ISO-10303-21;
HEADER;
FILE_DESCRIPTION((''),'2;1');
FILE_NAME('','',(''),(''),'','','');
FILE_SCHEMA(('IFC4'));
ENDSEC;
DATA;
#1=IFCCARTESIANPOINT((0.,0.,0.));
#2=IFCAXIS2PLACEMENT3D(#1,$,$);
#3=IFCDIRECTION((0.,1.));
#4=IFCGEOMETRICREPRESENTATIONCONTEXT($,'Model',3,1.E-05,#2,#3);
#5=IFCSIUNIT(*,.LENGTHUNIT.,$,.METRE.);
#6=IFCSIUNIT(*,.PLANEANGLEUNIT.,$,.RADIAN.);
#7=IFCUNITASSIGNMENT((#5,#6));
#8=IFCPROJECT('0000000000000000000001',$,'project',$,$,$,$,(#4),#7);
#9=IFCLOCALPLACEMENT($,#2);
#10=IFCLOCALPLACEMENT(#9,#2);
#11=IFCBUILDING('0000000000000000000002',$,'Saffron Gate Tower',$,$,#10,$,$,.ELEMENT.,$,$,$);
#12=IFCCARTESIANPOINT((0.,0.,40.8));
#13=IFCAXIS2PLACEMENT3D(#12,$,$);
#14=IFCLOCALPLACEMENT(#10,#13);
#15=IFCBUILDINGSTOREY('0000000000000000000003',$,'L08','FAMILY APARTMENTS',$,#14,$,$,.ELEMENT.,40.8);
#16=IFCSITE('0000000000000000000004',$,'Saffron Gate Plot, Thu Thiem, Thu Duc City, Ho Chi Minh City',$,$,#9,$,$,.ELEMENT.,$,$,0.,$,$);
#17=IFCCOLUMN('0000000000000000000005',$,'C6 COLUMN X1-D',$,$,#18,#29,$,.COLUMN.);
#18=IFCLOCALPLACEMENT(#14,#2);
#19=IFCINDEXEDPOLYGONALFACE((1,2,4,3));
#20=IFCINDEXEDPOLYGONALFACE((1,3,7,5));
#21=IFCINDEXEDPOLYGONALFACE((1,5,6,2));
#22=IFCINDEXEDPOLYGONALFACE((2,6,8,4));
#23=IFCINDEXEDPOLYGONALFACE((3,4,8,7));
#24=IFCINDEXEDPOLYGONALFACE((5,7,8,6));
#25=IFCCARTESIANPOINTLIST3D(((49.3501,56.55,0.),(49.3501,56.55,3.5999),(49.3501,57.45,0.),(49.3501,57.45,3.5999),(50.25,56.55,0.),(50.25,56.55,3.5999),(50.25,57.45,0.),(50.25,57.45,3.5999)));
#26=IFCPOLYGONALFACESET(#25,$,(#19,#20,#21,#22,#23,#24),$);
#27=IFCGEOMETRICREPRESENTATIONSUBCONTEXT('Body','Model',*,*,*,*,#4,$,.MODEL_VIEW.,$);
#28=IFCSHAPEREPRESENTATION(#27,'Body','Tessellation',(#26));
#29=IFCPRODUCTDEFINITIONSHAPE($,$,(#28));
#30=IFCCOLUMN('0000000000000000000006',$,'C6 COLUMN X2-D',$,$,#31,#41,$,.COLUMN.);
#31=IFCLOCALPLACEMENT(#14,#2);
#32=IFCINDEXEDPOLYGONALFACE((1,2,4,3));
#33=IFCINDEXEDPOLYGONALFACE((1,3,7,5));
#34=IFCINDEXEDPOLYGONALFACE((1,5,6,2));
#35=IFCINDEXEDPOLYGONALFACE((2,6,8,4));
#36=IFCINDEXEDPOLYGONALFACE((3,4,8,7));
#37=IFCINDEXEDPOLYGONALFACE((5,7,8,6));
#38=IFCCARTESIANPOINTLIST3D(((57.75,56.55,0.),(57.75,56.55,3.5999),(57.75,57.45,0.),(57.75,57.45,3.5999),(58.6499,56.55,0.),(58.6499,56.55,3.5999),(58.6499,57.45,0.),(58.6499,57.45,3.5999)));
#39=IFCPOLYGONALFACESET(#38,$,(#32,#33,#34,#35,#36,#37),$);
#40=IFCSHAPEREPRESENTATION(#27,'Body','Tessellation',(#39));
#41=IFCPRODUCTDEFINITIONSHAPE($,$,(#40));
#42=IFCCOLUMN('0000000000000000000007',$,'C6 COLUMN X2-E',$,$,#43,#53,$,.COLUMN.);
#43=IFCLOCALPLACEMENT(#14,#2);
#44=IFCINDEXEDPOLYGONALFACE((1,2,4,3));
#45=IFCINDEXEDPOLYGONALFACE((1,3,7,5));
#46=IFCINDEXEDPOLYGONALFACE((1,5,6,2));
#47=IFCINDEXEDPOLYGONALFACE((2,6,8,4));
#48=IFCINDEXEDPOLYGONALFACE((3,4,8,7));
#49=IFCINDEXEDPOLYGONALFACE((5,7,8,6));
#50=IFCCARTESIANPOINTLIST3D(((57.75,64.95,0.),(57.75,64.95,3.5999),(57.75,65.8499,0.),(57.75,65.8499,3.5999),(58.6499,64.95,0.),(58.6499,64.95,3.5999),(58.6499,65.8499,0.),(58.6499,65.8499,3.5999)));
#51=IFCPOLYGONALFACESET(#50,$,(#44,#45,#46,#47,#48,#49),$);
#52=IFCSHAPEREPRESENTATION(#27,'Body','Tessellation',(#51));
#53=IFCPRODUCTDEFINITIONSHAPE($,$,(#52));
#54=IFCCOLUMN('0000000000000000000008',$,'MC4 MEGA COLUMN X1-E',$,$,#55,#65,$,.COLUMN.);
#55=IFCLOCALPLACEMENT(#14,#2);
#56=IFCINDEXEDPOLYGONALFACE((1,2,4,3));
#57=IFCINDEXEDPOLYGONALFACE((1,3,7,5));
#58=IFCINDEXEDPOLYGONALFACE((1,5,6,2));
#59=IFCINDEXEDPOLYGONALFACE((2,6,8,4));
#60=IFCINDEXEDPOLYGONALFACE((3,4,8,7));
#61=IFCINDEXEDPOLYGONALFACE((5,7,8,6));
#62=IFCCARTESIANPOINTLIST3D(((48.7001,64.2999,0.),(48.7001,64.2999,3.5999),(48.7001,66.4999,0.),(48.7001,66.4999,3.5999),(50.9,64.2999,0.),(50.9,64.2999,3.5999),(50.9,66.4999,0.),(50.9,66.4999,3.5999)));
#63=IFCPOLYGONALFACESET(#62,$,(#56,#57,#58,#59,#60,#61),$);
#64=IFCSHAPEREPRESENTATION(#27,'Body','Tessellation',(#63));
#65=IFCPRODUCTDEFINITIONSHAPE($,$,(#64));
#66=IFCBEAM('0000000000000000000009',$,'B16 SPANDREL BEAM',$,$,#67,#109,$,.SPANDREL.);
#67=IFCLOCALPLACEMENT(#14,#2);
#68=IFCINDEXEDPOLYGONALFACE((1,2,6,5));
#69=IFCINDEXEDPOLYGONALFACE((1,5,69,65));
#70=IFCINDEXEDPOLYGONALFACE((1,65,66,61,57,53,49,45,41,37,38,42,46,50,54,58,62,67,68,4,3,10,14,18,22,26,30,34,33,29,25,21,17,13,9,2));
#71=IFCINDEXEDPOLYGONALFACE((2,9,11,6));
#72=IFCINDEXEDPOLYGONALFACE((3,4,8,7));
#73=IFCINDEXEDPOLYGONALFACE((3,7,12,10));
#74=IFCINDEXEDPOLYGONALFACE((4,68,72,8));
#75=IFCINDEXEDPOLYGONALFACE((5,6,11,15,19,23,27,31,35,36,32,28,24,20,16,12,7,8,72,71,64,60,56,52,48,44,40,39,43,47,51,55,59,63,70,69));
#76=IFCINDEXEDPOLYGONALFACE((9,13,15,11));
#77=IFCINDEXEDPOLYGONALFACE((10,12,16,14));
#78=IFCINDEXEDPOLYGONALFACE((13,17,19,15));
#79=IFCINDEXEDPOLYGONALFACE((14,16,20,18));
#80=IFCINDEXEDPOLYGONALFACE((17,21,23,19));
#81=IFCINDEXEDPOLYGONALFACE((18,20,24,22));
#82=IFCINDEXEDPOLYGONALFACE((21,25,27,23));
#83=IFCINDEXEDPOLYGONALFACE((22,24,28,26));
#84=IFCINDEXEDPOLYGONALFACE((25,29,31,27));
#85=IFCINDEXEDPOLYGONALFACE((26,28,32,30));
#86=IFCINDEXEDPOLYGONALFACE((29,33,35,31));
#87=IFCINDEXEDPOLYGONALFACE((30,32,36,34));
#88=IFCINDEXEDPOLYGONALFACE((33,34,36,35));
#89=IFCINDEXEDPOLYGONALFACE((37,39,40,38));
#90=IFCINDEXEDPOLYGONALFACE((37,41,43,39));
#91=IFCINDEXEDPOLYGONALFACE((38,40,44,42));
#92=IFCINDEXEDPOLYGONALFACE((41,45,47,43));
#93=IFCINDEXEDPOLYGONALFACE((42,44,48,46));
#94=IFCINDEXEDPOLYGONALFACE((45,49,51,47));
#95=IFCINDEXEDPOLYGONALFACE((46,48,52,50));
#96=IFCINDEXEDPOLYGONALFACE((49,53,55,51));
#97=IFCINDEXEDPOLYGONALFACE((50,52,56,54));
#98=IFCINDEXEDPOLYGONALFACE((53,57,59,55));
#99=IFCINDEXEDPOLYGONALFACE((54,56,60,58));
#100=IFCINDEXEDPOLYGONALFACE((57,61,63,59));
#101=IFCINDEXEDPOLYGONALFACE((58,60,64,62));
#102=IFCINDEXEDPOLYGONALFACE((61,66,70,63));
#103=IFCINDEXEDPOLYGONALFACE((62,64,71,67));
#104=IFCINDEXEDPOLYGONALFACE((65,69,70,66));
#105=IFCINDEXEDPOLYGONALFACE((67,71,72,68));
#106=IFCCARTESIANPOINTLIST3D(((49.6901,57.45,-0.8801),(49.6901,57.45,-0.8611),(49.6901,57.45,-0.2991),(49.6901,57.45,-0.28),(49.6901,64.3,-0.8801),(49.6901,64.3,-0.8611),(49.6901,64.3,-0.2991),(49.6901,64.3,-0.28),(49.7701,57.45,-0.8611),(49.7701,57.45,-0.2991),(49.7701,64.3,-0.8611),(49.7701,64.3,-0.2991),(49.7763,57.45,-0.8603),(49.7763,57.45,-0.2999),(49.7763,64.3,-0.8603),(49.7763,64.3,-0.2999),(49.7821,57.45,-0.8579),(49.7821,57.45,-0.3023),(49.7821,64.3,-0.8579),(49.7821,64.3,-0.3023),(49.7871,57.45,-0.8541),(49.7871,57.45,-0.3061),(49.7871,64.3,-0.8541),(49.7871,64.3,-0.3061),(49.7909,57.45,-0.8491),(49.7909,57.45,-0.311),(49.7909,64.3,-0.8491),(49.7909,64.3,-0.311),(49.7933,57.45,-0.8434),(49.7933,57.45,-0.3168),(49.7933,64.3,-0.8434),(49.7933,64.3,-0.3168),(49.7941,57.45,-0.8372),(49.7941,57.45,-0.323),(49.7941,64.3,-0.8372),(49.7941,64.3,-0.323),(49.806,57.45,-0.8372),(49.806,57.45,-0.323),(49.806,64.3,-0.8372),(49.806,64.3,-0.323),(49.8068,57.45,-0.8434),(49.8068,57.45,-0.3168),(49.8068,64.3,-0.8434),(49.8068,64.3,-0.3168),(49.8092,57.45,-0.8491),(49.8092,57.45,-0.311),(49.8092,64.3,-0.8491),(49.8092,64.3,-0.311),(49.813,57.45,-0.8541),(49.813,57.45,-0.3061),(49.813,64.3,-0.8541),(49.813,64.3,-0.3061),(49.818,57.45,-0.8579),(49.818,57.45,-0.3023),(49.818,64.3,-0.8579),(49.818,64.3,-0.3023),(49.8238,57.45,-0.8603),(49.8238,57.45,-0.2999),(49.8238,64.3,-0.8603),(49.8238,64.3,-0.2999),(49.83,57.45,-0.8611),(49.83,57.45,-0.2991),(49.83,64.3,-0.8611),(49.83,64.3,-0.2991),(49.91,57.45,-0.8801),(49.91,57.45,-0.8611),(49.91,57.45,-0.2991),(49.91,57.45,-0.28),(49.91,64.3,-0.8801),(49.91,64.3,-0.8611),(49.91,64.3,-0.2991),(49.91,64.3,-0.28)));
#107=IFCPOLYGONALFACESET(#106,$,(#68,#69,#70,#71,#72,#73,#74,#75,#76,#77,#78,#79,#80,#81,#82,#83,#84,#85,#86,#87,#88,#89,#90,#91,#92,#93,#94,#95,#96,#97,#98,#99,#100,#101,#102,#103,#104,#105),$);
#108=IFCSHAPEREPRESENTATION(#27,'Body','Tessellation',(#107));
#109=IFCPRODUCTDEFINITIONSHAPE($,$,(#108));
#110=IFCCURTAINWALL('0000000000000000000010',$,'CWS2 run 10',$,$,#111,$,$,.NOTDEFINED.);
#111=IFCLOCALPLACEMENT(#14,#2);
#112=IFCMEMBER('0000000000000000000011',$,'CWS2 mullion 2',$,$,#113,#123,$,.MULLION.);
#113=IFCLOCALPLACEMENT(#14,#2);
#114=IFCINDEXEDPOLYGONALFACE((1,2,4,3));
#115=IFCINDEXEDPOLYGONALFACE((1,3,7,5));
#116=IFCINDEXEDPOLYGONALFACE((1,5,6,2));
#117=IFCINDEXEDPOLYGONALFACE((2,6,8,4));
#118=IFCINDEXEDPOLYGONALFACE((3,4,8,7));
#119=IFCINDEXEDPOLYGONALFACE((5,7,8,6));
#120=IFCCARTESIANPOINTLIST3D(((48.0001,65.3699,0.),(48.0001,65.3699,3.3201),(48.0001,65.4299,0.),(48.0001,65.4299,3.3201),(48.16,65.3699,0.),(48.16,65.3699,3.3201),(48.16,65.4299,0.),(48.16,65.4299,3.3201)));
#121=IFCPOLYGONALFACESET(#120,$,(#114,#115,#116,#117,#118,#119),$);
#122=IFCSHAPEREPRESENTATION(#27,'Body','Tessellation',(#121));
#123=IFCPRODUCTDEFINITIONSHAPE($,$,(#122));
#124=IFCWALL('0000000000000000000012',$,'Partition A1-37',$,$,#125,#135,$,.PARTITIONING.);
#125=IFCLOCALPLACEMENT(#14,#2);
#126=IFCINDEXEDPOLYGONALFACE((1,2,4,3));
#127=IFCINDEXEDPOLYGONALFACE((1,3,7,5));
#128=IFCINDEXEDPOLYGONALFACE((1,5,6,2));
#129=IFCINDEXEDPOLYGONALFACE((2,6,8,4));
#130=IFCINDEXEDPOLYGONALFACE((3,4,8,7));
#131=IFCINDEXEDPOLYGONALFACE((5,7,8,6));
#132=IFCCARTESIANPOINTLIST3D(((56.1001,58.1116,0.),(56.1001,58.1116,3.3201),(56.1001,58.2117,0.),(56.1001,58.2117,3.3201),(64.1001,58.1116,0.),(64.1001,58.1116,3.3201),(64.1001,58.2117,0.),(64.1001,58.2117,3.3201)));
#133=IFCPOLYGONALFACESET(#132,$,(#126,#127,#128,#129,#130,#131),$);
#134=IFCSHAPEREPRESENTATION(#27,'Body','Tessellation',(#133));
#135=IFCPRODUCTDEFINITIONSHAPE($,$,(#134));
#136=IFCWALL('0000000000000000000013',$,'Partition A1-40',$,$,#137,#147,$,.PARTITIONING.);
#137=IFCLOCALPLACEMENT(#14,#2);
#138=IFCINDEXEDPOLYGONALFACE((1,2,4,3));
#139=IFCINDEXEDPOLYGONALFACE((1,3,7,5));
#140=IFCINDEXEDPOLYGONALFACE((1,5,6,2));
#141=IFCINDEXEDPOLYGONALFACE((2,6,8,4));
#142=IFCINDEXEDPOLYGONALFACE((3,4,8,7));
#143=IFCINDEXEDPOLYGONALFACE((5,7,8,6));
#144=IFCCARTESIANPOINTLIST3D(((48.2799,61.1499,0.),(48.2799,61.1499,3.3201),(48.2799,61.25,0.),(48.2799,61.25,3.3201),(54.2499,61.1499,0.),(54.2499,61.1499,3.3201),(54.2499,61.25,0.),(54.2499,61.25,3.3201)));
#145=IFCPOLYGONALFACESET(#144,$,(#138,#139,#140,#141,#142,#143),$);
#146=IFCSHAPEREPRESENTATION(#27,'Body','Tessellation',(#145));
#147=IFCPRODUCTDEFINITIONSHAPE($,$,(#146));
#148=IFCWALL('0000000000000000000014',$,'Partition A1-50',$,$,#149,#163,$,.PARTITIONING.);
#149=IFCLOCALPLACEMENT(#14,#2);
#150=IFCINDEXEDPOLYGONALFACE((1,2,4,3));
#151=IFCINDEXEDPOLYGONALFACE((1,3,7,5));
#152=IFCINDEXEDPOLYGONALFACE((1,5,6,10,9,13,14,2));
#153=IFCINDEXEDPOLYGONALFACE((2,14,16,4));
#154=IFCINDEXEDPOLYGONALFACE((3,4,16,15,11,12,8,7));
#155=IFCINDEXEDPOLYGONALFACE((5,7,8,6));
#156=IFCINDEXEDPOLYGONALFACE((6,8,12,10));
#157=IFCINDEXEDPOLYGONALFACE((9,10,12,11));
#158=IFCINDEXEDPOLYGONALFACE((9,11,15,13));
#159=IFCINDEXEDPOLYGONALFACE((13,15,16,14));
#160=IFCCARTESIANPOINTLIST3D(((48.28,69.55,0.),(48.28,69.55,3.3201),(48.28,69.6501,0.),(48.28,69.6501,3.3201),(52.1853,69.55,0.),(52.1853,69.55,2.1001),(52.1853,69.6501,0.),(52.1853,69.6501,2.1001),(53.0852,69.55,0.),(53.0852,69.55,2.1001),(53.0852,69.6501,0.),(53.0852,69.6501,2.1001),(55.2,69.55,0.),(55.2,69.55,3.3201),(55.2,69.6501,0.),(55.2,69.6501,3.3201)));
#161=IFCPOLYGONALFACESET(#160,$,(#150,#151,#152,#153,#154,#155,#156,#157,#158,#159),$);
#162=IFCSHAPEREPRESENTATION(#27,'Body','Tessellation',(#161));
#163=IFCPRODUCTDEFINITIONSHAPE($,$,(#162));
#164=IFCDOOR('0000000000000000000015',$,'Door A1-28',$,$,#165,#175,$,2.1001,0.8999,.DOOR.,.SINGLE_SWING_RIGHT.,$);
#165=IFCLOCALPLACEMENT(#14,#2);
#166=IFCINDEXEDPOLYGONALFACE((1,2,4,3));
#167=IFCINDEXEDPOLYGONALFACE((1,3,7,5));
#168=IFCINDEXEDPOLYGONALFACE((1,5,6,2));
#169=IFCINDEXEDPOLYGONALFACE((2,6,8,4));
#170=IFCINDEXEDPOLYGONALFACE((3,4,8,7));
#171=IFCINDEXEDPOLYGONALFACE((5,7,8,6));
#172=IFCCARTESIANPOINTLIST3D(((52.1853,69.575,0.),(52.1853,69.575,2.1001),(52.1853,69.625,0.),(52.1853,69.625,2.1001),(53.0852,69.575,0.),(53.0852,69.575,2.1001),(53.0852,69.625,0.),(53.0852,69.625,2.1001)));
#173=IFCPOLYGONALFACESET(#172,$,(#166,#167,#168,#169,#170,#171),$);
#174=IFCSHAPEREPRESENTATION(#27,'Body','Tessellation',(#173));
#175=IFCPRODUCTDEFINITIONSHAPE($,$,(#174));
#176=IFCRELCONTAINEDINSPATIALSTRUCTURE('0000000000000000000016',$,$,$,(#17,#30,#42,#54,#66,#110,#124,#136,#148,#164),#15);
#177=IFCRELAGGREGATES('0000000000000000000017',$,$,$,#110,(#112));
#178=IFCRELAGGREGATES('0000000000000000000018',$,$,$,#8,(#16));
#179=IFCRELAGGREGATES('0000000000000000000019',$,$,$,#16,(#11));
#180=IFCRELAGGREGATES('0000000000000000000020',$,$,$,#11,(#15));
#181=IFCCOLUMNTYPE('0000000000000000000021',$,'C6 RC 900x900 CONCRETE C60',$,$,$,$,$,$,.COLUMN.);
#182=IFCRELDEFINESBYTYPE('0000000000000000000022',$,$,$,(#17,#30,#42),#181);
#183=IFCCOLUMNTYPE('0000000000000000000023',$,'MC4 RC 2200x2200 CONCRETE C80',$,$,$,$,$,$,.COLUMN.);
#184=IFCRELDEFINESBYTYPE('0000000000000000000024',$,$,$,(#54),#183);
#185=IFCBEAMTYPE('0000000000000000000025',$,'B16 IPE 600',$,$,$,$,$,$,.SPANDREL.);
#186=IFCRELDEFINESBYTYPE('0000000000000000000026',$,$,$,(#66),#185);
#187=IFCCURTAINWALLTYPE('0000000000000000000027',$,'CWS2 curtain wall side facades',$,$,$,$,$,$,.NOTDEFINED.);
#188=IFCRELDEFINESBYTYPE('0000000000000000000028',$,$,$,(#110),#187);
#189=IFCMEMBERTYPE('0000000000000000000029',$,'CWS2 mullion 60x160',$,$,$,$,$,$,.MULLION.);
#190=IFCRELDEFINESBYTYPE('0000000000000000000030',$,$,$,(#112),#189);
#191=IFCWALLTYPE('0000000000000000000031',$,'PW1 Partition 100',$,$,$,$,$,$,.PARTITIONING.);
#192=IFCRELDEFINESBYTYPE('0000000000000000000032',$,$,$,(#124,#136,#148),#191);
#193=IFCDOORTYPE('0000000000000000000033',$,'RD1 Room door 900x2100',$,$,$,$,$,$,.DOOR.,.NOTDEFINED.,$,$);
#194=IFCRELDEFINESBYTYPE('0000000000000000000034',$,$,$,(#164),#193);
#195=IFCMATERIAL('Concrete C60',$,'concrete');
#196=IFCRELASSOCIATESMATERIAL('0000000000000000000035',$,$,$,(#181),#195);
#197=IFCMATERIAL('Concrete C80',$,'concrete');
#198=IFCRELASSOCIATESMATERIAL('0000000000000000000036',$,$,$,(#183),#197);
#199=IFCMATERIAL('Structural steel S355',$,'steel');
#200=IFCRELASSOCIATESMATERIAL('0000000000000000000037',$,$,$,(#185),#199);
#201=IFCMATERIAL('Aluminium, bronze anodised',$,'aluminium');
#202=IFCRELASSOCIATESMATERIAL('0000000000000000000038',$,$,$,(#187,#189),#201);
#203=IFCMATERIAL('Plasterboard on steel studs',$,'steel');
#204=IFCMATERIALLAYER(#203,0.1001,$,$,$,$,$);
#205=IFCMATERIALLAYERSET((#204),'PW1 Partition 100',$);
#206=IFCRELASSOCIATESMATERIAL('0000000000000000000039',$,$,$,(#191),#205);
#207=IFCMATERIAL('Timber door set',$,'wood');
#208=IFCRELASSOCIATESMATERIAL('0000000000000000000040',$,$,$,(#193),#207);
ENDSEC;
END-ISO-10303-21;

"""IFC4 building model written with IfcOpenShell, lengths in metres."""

from ifc_helpers import new_model, si_unit, direction, frame, frame_2d, origin, origin_2d, place, context, subcontext, project, spatial, rectangle, i_section, extrude, material, layer, layer_set, material_profile, profile_set, type_object, element, fill, aggregate, save


model = new_model("IFC4")

# Units and contexts
model_context = context("Model", 3, precision=1e-05, world=origin(), true_north=direction((0.0, 1.0)))
body_context = subcontext(model_context, "Body", "Model", "MODEL_VIEW")
ifc_project = project(units=[si_unit("LENGTHUNIT", "METRE"), si_unit("PLANEANGLEUNIT", "RADIAN")], contexts=[model_context])

# Site, building, storey
site_placement = place(None, origin())
site = spatial("IfcSite", under=ifc_project, at=site_placement, Name="Saffron Gate Plot, Thu Thiem, Thu Duc City, Ho Chi Minh City", CompositionType="ELEMENT", RefElevation=0.0)
building_placement = place(site_placement, origin())
building = spatial("IfcBuilding", under=site, at=building_placement, Name="Saffron Gate Tower", CompositionType="ELEMENT")
storey_placement = place(building_placement, frame((0.0, 0.0, 40.8)))
storey = spatial("IfcBuildingStorey", under=building, at=storey_placement, Name="L08", Description="FAMILY APARTMENTS", CompositionType="ELEMENT", Elevation=40.8)

# Columns
ifc_material_1 = material(Name="Concrete C60", Category="concrete")
ifc_material_profile_1 = material_profile(ifc_material_1, rectangle(XDim=0.8999, YDim=0.8999, at=origin_2d()))
ifc_profile_set_1 = profile_set([ifc_material_profile_1], Name="Concrete C60")
column_type_1 = type_object("IfcColumnType", Name="C6 RC 900x900 CONCRETE C60", PredefinedType="COLUMN", material=ifc_profile_set_1)
for number, where, z_axis, x_axis, name in (
    (1, (49.8, 57.0, 0.0), (0.0, 0.0, 1.0), (1.0, 0.0, 0.0), "C6 COLUMN X1-D"),
    (2, (58.2, 57.0, 0.0), (0.0, 0.0, 1.0), (1.0, 0.0, 0.0), "C6 COLUMN X2-D"),
    (3, (58.2, 65.3999, 0.0), (0.0, 0.0, 1.0), (1.0, 0.0, 0.0), "C6 COLUMN X2-E"),
):
    element("IfcColumn", number, at=place(storey_placement, frame(where, z_axis=z_axis, x_axis=x_axis)), inside=storey, type_object=column_type_1, Name=name, PredefinedType="COLUMN", context=body_context, shape_type="SweptSolid", body=[
        extrude(rectangle(XDim=0.8999, YDim=0.8999, at=origin_2d()), origin(), (0.0, 0.0, 1.0), 3.5999),
    ])
ifc_material_2 = material(Name="Concrete C80", Category="concrete")
ifc_material_profile_2 = material_profile(ifc_material_2, rectangle(XDim=2.2, YDim=2.2, at=origin_2d()))
ifc_profile_set_2 = profile_set([ifc_material_profile_2], Name="Concrete C80")
column_type_2 = type_object("IfcColumnType", Name="MC4 RC 2200x2200 CONCRETE C80", PredefinedType="COLUMN", material=ifc_profile_set_2)
column_placement = place(storey_placement, frame((49.8, 65.3999, 0.0), z_axis=(0.0, 0.0, 1.0), x_axis=(1.0, 0.0, 0.0)))
element("IfcColumn", 4, at=column_placement, inside=storey, type_object=column_type_2, Name="MC4 MEGA COLUMN X1-E", PredefinedType="COLUMN", context=body_context, shape_type="SweptSolid", body=[
    extrude(rectangle(XDim=2.2, YDim=2.2, at=origin_2d()), origin(), (0.0, 0.0, 1.0), 3.5999),
])

# Beam
ifc_material_3 = material(Name="Structural steel S355", Category="steel")
ifc_material_profile_3 = material_profile(ifc_material_3, i_section(OverallWidth=0.22, OverallDepth=0.6001, WebThickness=0.012, FlangeThickness=0.019, FilletRadius=0.0239, at=origin_2d()))
ifc_profile_set_3 = profile_set([ifc_material_profile_3], Name="Structural steel S355")
beam_type = type_object("IfcBeamType", Name="B16 IPE 600", PredefinedType="SPANDREL", material=ifc_profile_set_3)
beam_placement = place(storey_placement, frame((49.8, 57.45, -0.5801), z_axis=(0.0, 1.0, 0.0), x_axis=(-1.0, 0.0, 0.0)))
element("IfcBeam", 5, at=beam_placement, inside=storey, type_object=beam_type, Name="B16 SPANDREL BEAM", PredefinedType="SPANDREL", context=body_context, shape_type="SweptSolid", body=[
    extrude(i_section(OverallWidth=0.22, OverallDepth=0.6001, WebThickness=0.012, FlangeThickness=0.019, FilletRadius=0.0239, at=origin_2d()), origin(), (0.0, 0.0, 1.0), 6.8501),
])

# Curtain wall, member
ifc_material_4 = material(Name="Aluminium, bronze anodised", Category="aluminium")
curtain_wall_type = type_object("IfcCurtainWallType", Name="CWS2 curtain wall side facades", PredefinedType="NOTDEFINED", material=ifc_material_4)
curtain_wall_placement = place(storey_placement, origin())
curtain_wall = element("IfcCurtainWall", 6, at=curtain_wall_placement, inside=storey, type_object=curtain_wall_type, Name="CWS2 run 10", PredefinedType="NOTDEFINED")
ifc_material_profile_4 = material_profile(ifc_material_4, rectangle(XDim=0.1599, YDim=0.0601, at=origin_2d()))
ifc_profile_set_4 = profile_set([ifc_material_profile_4], Name="Aluminium, bronze anodised")
member_type = type_object("IfcMemberType", Name="CWS2 mullion 60x160", PredefinedType="MULLION", material=ifc_profile_set_4)
member_placement = place(storey_placement, frame((48.0801, 65.3999, 0.0), z_axis=(0.0, 0.0, 1.0), x_axis=(1.0, 0.0, 0.0)))
member = element("IfcMember", 7, at=member_placement, type_object=member_type, Name="CWS2 mullion 2", PredefinedType="MULLION", context=body_context, shape_type="SweptSolid", body=[
    extrude(rectangle(XDim=0.1599, YDim=0.0601, at=origin_2d()), origin(), (0.0, 0.0, 1.0), 3.3201),
])
aggregate(curtain_wall, [member])

# Walls
ifc_material_5 = material(Name="Plasterboard on steel studs", Category="steel")
ifc_layer_1 = layer(ifc_material_5, 0.1001)
ifc_layer_set_1 = layer_set([ifc_layer_1], Name="PW1 Partition 100")
wall_type_1 = type_object("IfcWallType", Name="PW1 Partition 100", PredefinedType="PARTITIONING", material=ifc_layer_set_1)
wall_1_placement = place(storey_placement, frame((56.1001, 58.1616, 0.0), z_axis=(0.0, 0.0, 1.0), x_axis=(1.0, 0.0, 0.0)))
element("IfcWall", 8, at=wall_1_placement, inside=storey, type_object=wall_type_1, Name="Partition A1-37", PredefinedType="PARTITIONING", context=body_context, shape_type="SweptSolid", body=[
    extrude(rectangle(XDim=8.0, YDim=0.1001, at=frame_2d((4.0, 0.0))), origin(), (0.0, 0.0, 1.0), 3.3201),
])
wall_2_placement = place(storey_placement, frame((48.28, 61.2, 0.0), z_axis=(0.0, 0.0, 1.0), x_axis=(1.0, 0.0, 0.0)))
element("IfcWall", 9, at=wall_2_placement, inside=storey, type_object=wall_type_1, Name="Partition A1-40", PredefinedType="PARTITIONING", context=body_context, shape_type="SweptSolid", body=[
    extrude(rectangle(XDim=5.97, YDim=0.1001, at=frame_2d((2.9849, 0.0))), origin(), (0.0, 0.0, 1.0), 3.3201),
])

# Wall, opening, door
wall_3_placement = place(storey_placement, frame((48.28, 69.6001, 0.0), z_axis=(0.0, 0.0, 1.0), x_axis=(1.0, 0.0, 0.0)))
wall_3 = element("IfcWall", 10, at=wall_3_placement, inside=storey, type_object=wall_type_1, Name="Partition A1-50", PredefinedType="PARTITIONING", context=body_context, shape_type="SweptSolid", body=[
    extrude(rectangle(XDim=6.9199, YDim=0.1001, at=frame_2d((3.46, 0.0))), origin(), (0.0, 0.0, 1.0), 3.3201),
])
opening_1_placement = place(wall_3_placement, frame((3.9053, 0.0, 0.0)))
opening_1 = element("IfcOpeningElement", 11, at=opening_1_placement, cuts=wall_3, PredefinedType="OPENING", context=body_context, shape_type="SweptSolid", body=[
    extrude(rectangle(XDim=0.8999, YDim=2.1001, at=frame_2d((0.45, 1.05))), frame((0.0, 0.0601, 0.0), z_axis=(0.0, -1.0, 0.0), x_axis=(1.0, 0.0, 0.0)), (0.0, 0.0, 1.0), 0.1201),
])
ifc_material_6 = material(Name="Timber door set", Category="wood")
door_type = type_object("IfcDoorType", Name="RD1 Room door 900x2100", OperationType="NOTDEFINED", PredefinedType="DOOR", material=ifc_material_6)
door_1_placement = place(opening_1_placement, origin())
door_1 = element("IfcDoor", 12, at=door_1_placement, inside=storey, type_object=door_type, Name="Door A1-28", OperationType="SINGLE_SWING_RIGHT", OverallHeight=2.1001, OverallWidth=0.8999, PredefinedType="DOOR", context=body_context, shape_type="SweptSolid", body=[
    extrude(rectangle(XDim=0.8999, YDim=2.1001, at=frame_2d((0.45, 1.05))), frame((0.0, 0.0249, 0.0), z_axis=(0.0, -1.0, 0.0), x_axis=(1.0, 0.0, 0.0)), (0.0, 0.0, 1.0), 0.05),
])
fill(opening_1, door_1)

save(model, "model.ifc")
